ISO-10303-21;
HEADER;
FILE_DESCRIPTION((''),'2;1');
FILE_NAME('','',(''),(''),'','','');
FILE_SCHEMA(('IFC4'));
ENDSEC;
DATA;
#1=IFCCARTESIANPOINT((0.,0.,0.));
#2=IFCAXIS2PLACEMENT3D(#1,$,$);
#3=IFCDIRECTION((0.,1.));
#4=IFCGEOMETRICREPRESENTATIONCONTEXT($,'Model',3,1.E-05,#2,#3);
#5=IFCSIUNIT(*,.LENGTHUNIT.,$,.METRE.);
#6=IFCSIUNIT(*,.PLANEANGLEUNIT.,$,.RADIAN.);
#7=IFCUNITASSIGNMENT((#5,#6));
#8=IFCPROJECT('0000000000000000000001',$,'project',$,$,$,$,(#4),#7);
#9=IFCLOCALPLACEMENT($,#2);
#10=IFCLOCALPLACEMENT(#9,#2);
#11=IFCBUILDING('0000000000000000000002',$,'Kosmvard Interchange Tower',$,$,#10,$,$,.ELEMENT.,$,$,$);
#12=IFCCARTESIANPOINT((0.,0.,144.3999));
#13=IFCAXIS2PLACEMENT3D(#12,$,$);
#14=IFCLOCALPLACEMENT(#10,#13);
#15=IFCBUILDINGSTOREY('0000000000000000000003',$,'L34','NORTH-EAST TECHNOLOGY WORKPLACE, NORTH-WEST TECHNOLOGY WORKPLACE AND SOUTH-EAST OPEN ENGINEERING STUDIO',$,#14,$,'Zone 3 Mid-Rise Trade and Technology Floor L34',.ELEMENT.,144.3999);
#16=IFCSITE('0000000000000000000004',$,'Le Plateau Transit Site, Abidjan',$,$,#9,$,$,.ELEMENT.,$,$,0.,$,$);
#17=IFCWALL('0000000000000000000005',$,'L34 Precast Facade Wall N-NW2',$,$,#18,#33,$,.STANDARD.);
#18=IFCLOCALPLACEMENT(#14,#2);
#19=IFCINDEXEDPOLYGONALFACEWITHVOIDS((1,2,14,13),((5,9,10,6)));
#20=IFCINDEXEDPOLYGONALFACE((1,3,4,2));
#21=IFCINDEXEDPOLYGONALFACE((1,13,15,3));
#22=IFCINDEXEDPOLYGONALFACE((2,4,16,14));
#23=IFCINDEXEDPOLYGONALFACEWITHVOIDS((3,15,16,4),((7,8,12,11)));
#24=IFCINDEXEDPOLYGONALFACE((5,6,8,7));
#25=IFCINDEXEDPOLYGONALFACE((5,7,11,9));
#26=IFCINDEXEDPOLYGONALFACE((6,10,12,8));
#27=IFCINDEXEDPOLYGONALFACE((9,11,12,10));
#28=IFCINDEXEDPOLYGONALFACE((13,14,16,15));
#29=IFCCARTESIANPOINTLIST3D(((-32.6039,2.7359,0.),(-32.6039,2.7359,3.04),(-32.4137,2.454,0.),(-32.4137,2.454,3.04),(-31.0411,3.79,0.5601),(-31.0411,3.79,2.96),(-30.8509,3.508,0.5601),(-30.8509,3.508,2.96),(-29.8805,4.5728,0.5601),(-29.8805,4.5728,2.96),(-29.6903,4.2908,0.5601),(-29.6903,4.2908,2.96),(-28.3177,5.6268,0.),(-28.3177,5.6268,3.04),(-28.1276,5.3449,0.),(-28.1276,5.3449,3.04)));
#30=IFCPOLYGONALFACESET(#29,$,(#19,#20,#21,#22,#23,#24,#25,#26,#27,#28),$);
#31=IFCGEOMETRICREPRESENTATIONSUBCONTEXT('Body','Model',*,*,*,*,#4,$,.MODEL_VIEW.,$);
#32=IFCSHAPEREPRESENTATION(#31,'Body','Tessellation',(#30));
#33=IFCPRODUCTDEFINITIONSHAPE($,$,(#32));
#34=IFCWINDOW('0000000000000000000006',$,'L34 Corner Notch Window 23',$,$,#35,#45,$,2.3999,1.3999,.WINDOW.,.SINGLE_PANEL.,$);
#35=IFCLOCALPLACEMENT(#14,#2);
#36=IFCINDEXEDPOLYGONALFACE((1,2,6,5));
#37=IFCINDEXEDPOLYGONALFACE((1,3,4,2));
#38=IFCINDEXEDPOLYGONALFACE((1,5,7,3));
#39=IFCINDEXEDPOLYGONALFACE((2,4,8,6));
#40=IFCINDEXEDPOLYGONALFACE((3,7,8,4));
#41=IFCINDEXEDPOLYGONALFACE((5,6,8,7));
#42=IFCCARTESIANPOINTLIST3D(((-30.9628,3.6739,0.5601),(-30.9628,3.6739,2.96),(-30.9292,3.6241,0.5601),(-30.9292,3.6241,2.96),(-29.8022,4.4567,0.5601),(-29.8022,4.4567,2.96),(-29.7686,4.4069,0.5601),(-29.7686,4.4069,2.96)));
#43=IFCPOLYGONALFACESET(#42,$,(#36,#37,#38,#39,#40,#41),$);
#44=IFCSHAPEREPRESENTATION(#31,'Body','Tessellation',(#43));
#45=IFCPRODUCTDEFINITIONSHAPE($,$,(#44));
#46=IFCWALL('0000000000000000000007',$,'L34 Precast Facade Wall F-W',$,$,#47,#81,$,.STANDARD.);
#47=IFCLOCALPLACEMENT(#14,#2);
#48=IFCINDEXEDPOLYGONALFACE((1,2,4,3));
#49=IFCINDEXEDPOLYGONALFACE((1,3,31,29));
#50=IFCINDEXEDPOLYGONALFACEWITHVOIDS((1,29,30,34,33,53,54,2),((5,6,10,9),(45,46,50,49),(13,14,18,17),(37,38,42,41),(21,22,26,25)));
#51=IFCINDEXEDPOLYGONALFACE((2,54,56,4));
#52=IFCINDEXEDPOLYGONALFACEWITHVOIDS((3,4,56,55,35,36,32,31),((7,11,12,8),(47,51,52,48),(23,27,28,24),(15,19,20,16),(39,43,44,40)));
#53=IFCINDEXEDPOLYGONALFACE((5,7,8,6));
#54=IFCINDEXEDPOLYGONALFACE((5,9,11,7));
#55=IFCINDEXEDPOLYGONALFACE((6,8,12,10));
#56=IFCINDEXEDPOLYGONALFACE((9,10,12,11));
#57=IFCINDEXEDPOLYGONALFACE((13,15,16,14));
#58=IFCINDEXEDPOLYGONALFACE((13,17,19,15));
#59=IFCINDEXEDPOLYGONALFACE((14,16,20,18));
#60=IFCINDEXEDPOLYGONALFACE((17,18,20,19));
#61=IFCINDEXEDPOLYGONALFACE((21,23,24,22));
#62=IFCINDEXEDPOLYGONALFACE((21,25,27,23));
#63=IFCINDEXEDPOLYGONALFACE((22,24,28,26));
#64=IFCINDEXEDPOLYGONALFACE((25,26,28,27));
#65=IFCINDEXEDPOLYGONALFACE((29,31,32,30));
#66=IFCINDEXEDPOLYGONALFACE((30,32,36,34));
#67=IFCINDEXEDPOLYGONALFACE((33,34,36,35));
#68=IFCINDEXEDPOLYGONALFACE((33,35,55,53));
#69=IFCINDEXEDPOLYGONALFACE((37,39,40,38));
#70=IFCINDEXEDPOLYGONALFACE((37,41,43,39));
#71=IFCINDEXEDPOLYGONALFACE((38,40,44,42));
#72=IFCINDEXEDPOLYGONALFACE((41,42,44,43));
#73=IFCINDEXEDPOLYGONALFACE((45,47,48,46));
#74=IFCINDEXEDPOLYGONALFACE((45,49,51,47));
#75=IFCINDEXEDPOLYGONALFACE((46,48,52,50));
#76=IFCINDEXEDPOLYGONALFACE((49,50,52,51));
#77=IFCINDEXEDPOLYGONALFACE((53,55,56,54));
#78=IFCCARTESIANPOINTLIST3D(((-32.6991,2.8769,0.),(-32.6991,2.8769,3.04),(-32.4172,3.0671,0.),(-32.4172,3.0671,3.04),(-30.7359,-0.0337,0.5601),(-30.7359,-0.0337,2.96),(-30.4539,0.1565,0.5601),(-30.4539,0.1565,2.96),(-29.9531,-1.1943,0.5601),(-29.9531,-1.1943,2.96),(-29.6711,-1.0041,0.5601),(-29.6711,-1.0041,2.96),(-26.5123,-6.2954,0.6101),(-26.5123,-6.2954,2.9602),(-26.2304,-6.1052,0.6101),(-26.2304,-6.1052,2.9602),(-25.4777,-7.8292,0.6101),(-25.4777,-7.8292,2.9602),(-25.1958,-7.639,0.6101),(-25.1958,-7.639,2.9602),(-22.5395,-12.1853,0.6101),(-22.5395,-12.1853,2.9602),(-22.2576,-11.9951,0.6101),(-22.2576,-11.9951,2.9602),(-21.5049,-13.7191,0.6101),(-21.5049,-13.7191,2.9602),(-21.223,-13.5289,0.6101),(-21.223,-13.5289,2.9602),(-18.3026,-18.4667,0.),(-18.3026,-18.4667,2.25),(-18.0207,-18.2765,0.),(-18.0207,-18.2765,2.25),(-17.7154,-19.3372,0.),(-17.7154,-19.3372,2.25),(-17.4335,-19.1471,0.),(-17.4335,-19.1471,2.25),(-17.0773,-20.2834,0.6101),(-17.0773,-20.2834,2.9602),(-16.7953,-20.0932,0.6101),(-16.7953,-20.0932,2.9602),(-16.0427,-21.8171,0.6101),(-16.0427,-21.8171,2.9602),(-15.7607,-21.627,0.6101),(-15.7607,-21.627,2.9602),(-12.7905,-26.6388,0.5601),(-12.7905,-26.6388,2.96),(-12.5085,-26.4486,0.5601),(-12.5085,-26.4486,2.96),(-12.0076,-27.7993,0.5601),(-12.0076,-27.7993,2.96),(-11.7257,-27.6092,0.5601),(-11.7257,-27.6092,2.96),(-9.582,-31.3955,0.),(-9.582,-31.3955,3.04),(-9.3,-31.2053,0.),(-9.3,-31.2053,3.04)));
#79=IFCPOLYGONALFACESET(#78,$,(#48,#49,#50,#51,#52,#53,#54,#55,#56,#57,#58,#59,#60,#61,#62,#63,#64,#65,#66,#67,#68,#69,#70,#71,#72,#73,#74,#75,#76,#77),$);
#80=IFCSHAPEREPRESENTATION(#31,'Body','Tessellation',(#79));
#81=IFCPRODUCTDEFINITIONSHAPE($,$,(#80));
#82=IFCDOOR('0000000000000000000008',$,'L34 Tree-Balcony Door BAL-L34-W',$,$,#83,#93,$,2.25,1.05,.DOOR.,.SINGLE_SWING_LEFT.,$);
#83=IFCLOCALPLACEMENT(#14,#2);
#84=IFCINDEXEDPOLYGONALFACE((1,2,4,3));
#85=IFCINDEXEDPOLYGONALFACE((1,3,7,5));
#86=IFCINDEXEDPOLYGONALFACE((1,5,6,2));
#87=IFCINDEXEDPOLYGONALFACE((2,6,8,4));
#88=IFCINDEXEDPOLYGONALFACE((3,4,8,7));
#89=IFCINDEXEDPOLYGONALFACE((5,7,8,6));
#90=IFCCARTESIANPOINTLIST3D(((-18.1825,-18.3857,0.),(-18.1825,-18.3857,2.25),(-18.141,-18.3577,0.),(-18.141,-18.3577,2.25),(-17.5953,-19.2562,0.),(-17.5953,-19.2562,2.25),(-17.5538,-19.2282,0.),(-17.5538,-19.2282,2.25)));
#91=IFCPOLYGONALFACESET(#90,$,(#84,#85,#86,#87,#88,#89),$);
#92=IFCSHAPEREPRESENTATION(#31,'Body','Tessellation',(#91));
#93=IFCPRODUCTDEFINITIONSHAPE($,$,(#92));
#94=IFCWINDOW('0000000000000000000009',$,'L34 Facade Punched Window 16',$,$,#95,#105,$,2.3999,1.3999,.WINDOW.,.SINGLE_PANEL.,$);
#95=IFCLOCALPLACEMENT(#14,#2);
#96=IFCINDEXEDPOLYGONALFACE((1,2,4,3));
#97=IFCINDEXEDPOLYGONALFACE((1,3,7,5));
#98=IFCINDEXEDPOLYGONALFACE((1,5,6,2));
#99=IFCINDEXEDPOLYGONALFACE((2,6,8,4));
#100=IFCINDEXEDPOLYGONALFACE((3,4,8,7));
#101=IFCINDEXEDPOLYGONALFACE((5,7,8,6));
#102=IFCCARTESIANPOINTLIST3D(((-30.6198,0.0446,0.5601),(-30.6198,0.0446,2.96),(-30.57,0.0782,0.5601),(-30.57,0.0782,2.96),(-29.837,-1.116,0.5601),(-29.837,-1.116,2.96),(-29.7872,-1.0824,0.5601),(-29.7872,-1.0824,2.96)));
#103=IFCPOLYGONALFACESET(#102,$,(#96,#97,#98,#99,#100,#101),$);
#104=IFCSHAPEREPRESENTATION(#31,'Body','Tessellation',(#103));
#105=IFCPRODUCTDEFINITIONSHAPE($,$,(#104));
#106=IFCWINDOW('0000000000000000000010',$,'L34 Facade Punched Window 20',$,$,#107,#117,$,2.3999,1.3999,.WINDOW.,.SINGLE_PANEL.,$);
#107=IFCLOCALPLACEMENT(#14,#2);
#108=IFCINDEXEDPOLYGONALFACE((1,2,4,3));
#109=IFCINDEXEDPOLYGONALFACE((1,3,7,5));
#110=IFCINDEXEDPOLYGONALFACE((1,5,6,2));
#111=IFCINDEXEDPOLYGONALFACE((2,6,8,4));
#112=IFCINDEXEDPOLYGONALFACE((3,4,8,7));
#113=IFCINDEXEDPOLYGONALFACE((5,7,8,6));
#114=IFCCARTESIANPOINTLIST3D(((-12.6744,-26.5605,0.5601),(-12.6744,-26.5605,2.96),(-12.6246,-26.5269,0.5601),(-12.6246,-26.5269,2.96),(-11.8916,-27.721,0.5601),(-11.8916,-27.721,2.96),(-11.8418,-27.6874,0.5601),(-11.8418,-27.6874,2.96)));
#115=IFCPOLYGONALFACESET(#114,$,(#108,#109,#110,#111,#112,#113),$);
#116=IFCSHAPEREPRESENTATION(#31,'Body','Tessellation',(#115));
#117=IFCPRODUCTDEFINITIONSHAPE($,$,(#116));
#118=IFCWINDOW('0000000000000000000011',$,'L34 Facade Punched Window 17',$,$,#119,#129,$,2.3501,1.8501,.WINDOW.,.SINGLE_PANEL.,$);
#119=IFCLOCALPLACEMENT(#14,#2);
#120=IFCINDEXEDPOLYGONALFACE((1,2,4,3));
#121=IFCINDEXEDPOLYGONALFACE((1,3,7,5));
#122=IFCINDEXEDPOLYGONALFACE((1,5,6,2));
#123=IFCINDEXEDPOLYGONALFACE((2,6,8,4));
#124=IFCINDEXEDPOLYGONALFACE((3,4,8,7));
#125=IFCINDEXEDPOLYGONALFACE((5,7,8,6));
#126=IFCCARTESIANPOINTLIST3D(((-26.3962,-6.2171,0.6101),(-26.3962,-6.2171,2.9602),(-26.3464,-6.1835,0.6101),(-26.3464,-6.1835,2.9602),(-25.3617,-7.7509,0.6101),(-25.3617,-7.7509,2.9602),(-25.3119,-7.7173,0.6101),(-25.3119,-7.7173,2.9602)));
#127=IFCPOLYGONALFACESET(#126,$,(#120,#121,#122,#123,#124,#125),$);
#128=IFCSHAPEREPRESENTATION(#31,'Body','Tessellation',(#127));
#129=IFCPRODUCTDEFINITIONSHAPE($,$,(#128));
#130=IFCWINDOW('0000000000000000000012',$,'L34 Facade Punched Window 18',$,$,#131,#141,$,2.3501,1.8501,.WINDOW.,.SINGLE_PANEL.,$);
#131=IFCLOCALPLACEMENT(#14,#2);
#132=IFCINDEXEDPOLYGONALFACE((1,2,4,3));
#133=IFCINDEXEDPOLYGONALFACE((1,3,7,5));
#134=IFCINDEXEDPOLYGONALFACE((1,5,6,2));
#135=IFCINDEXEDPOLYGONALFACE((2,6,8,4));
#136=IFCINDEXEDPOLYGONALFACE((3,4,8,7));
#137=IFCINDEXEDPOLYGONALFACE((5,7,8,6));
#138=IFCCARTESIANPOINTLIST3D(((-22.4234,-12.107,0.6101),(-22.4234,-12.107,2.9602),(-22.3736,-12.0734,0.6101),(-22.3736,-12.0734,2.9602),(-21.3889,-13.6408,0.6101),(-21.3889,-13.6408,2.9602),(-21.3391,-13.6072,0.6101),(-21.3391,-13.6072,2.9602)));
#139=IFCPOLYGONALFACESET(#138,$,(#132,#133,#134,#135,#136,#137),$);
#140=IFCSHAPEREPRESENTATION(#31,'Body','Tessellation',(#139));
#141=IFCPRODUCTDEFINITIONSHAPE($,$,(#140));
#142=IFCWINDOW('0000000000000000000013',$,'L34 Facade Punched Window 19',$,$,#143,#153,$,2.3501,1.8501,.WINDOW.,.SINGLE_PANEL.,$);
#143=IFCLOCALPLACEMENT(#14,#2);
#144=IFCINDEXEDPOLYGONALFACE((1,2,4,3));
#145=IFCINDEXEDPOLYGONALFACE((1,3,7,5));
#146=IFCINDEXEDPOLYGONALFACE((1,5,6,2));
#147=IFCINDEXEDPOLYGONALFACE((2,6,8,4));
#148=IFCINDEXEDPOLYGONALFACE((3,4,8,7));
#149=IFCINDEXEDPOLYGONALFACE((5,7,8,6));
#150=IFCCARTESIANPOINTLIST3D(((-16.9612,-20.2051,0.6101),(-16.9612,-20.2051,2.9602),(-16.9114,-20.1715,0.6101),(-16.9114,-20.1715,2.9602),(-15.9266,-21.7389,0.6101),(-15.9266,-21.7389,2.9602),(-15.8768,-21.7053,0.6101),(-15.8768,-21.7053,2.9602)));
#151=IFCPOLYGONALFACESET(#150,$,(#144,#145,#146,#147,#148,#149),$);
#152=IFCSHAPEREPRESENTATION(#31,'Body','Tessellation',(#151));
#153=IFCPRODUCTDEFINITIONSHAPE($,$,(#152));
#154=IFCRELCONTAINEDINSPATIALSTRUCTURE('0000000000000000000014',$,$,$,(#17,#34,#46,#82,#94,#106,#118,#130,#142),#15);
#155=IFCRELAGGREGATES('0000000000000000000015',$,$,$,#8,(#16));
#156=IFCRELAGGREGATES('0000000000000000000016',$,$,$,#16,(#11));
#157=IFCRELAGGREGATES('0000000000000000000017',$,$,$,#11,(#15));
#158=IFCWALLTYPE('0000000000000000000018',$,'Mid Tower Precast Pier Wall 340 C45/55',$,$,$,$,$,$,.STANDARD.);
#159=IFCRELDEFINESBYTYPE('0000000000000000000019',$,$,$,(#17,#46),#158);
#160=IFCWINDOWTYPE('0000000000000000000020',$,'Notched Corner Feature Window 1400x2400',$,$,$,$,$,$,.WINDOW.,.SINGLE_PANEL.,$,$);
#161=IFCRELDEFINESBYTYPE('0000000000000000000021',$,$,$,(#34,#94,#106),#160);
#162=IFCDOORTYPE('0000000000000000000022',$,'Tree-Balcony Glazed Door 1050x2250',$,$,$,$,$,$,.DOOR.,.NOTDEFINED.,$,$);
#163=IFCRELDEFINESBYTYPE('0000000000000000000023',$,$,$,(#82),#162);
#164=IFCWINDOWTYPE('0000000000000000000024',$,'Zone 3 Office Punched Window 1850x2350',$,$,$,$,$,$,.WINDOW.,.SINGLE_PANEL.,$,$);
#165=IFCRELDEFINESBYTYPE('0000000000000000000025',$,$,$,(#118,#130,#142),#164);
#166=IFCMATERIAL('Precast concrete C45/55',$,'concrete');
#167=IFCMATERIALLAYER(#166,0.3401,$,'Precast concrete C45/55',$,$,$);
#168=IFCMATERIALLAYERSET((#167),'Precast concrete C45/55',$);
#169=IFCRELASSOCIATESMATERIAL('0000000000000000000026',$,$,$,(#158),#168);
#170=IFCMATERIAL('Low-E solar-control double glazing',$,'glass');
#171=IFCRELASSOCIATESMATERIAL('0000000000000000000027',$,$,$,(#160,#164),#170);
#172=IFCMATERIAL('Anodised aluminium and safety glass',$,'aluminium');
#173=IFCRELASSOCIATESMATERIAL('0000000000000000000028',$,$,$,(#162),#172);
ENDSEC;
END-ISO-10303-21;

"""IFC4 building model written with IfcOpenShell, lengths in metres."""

from ifc_helpers import new_model, si_unit, direction, frame, frame_2d, origin, place, context, subcontext, project, spatial, rectangle, extrude, source, transform, mapped, material, layer, layer_set, type_object, element, fill, save


model = new_model("IFC4")

# Units and contexts
model_context = context("Model", 3, precision=1e-05, world=origin(), true_north=direction((0.0, 1.0)))
body_context = subcontext(model_context, "Body", "Model", "MODEL_VIEW")
ifc_project = project(units=[si_unit("LENGTHUNIT", "METRE"), si_unit("PLANEANGLEUNIT", "RADIAN")], contexts=[model_context])

# Site, building, storey
site_placement = place(None, origin())
site = spatial("IfcSite", under=ifc_project, at=site_placement, Name="Le Plateau Transit Site, Abidjan", CompositionType="ELEMENT", RefElevation=0.0)
building_placement = place(site_placement, origin())
building = spatial("IfcBuilding", under=site, at=building_placement, Name="Kosmvard Interchange Tower", CompositionType="ELEMENT")
storey_placement = place(building_placement, frame((0.0, 0.0, 144.3999)))
storey = spatial("IfcBuildingStorey", under=building, at=storey_placement, Name="L34", Description="NORTH-EAST TECHNOLOGY WORKPLACE, NORTH-WEST TECHNOLOGY WORKPLACE AND SOUTH-EAST OPEN ENGINEERING STUDIO", LongName="Zone 3 Mid-Rise Trade and Technology Floor L34", CompositionType="ELEMENT", Elevation=144.3999)

# Shared definitions
ifc_material_1 = material(Name="Precast concrete C45/55", Category="concrete")

# Shared definitions
ifc_layer_1 = layer(ifc_material_1, 0.3401, Name="Precast concrete C45/55")
ifc_layer_set_1 = layer_set([ifc_layer_1], Name="Precast concrete C45/55")
wall_type_1 = type_object("IfcWallType", Name="Mid Tower Precast Pier Wall 340 C45/55", PredefinedType="STANDARD", material=ifc_layer_set_1)

# Wall, opening, window
wall_1_placement = place(storey_placement, frame((-28.2227, 5.4858, 0.0), z_axis=(0.0, 0.0, 1.0), x_axis=(-0.829052, -0.559171, 0.0)))
wall_1 = element("IfcWall", 1, at=wall_1_placement, inside=storey, type_object=wall_type_1, Name="L34 Precast Facade Wall N-NW2", PredefinedType="STANDARD", context=body_context, shape_type="SweptSolid", body=[
    extrude(rectangle(XDim=5.1699, YDim=0.3401, at=frame_2d((2.585, 0.0))), origin(), (0.0, 0.0, 1.0), 3.04),
])
opening_1_placement = place(wall_1_placement, frame((1.885, 0.0, 0.5601)))
opening_1 = element("IfcOpeningElement", 2, at=opening_1_placement, cuts=wall_1, PredefinedType="OPENING", context=body_context, shape_type="SweptSolid", body=[
    extrude(rectangle(XDim=1.3999, YDim=2.3999, at=frame_2d((0.7, 1.2))), frame((0.0, 0.1802, 0.0), z_axis=(0.0, -1.0, 0.0), x_axis=(1.0, 0.0, 0.0)), (0.0, 0.0, 1.0), 0.3601),
])
ifc_material_2 = material(Name="Low-E solar-control double glazing", Category="glass")
window_type_1 = type_object("IfcWindowType", Name="Notched Corner Feature Window 1400x2400", PartitioningType="SINGLE_PANEL", PredefinedType="WINDOW", material=ifc_material_2)
shared_shape_1 = source(origin(), body_context, "Body", "SweptSolid", [
    extrude(rectangle(XDim=1.3999, YDim=2.3999, at=frame_2d((0.7, 1.2))), frame((0.0, 0.03, 0.0), z_axis=(0.0, -1.0, 0.0), x_axis=(1.0, 0.0, 0.0)), (0.0, 0.0, 1.0), 0.0601),
])
window_1_placement = place(opening_1_placement, origin())
window_1 = element("IfcWindow", 3, at=window_1_placement, inside=storey, type_object=window_type_1, Name="L34 Corner Notch Window 23", OverallHeight=2.3999, OverallWidth=1.3999, PartitioningType="SINGLE_PANEL", PredefinedType="WINDOW", context=body_context, shape_type="MappedRepresentation", body=[
    mapped(shared_shape_1, transform((0.0, 0.0, 0.0), scale=1.0)),
])
fill(opening_1, window_1)

# Wall, openings, door, windows
wall_2_placement = place(storey_placement, frame((-32.5581, 2.9719, 0.0), z_axis=(0.0, 0.0, 1.0), x_axis=(0.559195, -0.829036, 0.0)))
wall_2 = element("IfcWall", 4, at=wall_2_placement, inside=storey, type_object=wall_type_1, Name="L34 Precast Facade Wall F-W", PredefinedType="STANDARD", context=body_context, shape_type="SweptSolid", body=[
    extrude(rectangle(XDim=41.3401, YDim=0.3401, at=frame_2d((20.6699, 0.0))), origin(), (0.0, 0.0, 1.0), 3.04),
])
opening_2_placement = place(wall_2_placement, frame((25.7451, 0.0, 0.0)))
opening_2 = element("IfcOpeningElement", 5, at=opening_2_placement, cuts=wall_2, PredefinedType="OPENING", context=body_context, shape_type="SweptSolid", body=[
    extrude(rectangle(XDim=1.05, YDim=2.25, at=frame_2d((0.5249, 1.125))), frame((0.0, 0.1802, 0.0), z_axis=(0.0, -1.0, 0.0), x_axis=(1.0, 0.0, 0.0)), (0.0, 0.0, 1.0), 0.3601),
])
opening_3_placement = place(wall_2_placement, frame((3.5107, 0.0, 0.5601)))
opening_3 = element("IfcOpeningElement", 6, at=opening_3_placement, cuts=wall_2, PredefinedType="OPENING", context=body_context, shape_type="SweptSolid", body=[
    extrude(rectangle(XDim=1.3999, YDim=2.3999, at=frame_2d((0.7, 1.2))), frame((0.0, 0.1802, 0.0), z_axis=(0.0, -1.0, 0.0), x_axis=(1.0, 0.0, 0.0)), (0.0, 0.0, 1.0), 0.3601),
])
opening_4_placement = place(wall_2_placement, frame((11.0637, 0.0, 0.6101)))
opening_4 = element("IfcOpeningElement", 7, at=opening_4_placement, cuts=wall_2, PredefinedType="OPENING", context=body_context, shape_type="SweptSolid", body=[
    extrude(rectangle(XDim=1.8501, YDim=2.3501, at=frame_2d((0.925, 1.175))), frame((0.0, 0.1802, 0.0), z_axis=(0.0, -1.0, 0.0), x_axis=(1.0, 0.0, 0.0)), (0.0, 0.0, 1.0), 0.3601),
])
opening_5_placement = place(wall_2_placement, frame((18.1682, 0.0, 0.6101)))
opening_5 = element("IfcOpeningElement", 8, at=opening_5_placement, cuts=wall_2, PredefinedType="OPENING", context=body_context, shape_type="SweptSolid", body=[
    extrude(rectangle(XDim=1.8501, YDim=2.3501, at=frame_2d((0.925, 1.175))), frame((0.0, 0.1802, 0.0), z_axis=(0.0, -1.0, 0.0), x_axis=(1.0, 0.0, 0.0)), (0.0, 0.0, 1.0), 0.3601),
])
opening_6_placement = place(wall_2_placement, frame((27.9363, 0.0, 0.6101)))
opening_6 = element("IfcOpeningElement", 9, at=opening_6_placement, cuts=wall_2, PredefinedType="OPENING", context=body_context, shape_type="SweptSolid", body=[
    extrude(rectangle(XDim=1.8501, YDim=2.3501, at=frame_2d((0.925, 1.175))), frame((0.0, 0.1802, 0.0), z_axis=(0.0, -1.0, 0.0), x_axis=(1.0, 0.0, 0.0)), (0.0, 0.0, 1.0), 0.3601),
])
opening_7_placement = place(wall_2_placement, frame((35.6023, 0.0, 0.5601)))
opening_7 = element("IfcOpeningElement", 10, at=opening_7_placement, cuts=wall_2, PredefinedType="OPENING", context=body_context, shape_type="SweptSolid", body=[
    extrude(rectangle(XDim=1.3999, YDim=2.3999, at=frame_2d((0.7, 1.2))), frame((0.0, 0.1802, 0.0), z_axis=(0.0, -1.0, 0.0), x_axis=(1.0, 0.0, 0.0)), (0.0, 0.0, 1.0), 0.3601),
])
ifc_material_3 = material(Name="Anodised aluminium and safety glass", Category="aluminium")
door_type_1 = type_object("IfcDoorType", Name="Tree-Balcony Glazed Door 1050x2250", OperationType="NOTDEFINED", PredefinedType="DOOR", material=ifc_material_3)
shared_shape_2 = source(origin(), body_context, "Body", "SweptSolid", [
    extrude(rectangle(XDim=1.05, YDim=2.25, at=frame_2d((0.5249, 1.125))), frame((0.0, 0.0249, 0.0), z_axis=(0.0, -1.0, 0.0), x_axis=(1.0, 0.0, 0.0)), (0.0, 0.0, 1.0), 0.05),
])
door_1_placement = place(opening_2_placement, origin())
door_1 = element("IfcDoor", 11, at=door_1_placement, inside=storey, type_object=door_type_1, Name="L34 Tree-Balcony Door BAL-L34-W", OperationType="SINGLE_SWING_LEFT", OverallHeight=2.25, OverallWidth=1.05, PredefinedType="DOOR", context=body_context, shape_type="MappedRepresentation", body=[
    mapped(shared_shape_2, transform((0.0, 0.0, 0.0), scale=1.0)),
])
fill(opening_2, door_1)
window_2_placement = place(opening_3_placement, origin())
window_2 = element("IfcWindow", 12, at=window_2_placement, inside=storey, type_object=window_type_1, Name="L34 Facade Punched Window 16", OverallHeight=2.3999, OverallWidth=1.3999, PartitioningType="SINGLE_PANEL", PredefinedType="WINDOW", context=body_context, shape_type="MappedRepresentation", body=[
    mapped(shared_shape_1, transform((0.0, 0.0, 0.0), scale=1.0)),
])
fill(opening_3, window_2)
window_3_placement = place(opening_7_placement, origin())
window_3 = element("IfcWindow", 13, at=window_3_placement, inside=storey, type_object=window_type_1, Name="L34 Facade Punched Window 20", OverallHeight=2.3999, OverallWidth=1.3999, PartitioningType="SINGLE_PANEL", PredefinedType="WINDOW", context=body_context, shape_type="MappedRepresentation", body=[
    mapped(shared_shape_1, transform((0.0, 0.0, 0.0), scale=1.0)),
])
fill(opening_7, window_3)
window_type_2 = type_object("IfcWindowType", Name="Zone 3 Office Punched Window 1850x2350", PartitioningType="SINGLE_PANEL", PredefinedType="WINDOW", material=ifc_material_2)
shared_shape_3 = source(origin(), body_context, "Body", "SweptSolid", [
    extrude(rectangle(XDim=1.8501, YDim=2.3501, at=frame_2d((0.925, 1.175))), frame((0.0, 0.03, 0.0), z_axis=(0.0, -1.0, 0.0), x_axis=(1.0, 0.0, 0.0)), (0.0, 0.0, 1.0), 0.0601),
])
window_4_placement = place(opening_4_placement, origin())
window_4 = element("IfcWindow", 14, at=window_4_placement, inside=storey, type_object=window_type_2, Name="L34 Facade Punched Window 17", OverallHeight=2.3501, OverallWidth=1.8501, PartitioningType="SINGLE_PANEL", PredefinedType="WINDOW", context=body_context, shape_type="MappedRepresentation", body=[
    mapped(shared_shape_3, transform((0.0, 0.0, 0.0), scale=1.0)),
])
fill(opening_4, window_4)
window_5_placement = place(opening_5_placement, origin())
window_5 = element("IfcWindow", 15, at=window_5_placement, inside=storey, type_object=window_type_2, Name="L34 Facade Punched Window 18", OverallHeight=2.3501, OverallWidth=1.8501, PartitioningType="SINGLE_PANEL", PredefinedType="WINDOW", context=body_context, shape_type="MappedRepresentation", body=[
    mapped(shared_shape_3, transform((0.0, 0.0, 0.0), scale=1.0)),
])
fill(opening_5, window_5)
window_6_placement = place(opening_6_placement, origin())
window_6 = element("IfcWindow", 16, at=window_6_placement, inside=storey, type_object=window_type_2, Name="L34 Facade Punched Window 19", OverallHeight=2.3501, OverallWidth=1.8501, PartitioningType="SINGLE_PANEL", PredefinedType="WINDOW", context=body_context, shape_type="MappedRepresentation", body=[
    mapped(shared_shape_3, transform((0.0, 0.0, 0.0), scale=1.0)),
])
fill(opening_6, window_6)

save(model, "model.ifc")
